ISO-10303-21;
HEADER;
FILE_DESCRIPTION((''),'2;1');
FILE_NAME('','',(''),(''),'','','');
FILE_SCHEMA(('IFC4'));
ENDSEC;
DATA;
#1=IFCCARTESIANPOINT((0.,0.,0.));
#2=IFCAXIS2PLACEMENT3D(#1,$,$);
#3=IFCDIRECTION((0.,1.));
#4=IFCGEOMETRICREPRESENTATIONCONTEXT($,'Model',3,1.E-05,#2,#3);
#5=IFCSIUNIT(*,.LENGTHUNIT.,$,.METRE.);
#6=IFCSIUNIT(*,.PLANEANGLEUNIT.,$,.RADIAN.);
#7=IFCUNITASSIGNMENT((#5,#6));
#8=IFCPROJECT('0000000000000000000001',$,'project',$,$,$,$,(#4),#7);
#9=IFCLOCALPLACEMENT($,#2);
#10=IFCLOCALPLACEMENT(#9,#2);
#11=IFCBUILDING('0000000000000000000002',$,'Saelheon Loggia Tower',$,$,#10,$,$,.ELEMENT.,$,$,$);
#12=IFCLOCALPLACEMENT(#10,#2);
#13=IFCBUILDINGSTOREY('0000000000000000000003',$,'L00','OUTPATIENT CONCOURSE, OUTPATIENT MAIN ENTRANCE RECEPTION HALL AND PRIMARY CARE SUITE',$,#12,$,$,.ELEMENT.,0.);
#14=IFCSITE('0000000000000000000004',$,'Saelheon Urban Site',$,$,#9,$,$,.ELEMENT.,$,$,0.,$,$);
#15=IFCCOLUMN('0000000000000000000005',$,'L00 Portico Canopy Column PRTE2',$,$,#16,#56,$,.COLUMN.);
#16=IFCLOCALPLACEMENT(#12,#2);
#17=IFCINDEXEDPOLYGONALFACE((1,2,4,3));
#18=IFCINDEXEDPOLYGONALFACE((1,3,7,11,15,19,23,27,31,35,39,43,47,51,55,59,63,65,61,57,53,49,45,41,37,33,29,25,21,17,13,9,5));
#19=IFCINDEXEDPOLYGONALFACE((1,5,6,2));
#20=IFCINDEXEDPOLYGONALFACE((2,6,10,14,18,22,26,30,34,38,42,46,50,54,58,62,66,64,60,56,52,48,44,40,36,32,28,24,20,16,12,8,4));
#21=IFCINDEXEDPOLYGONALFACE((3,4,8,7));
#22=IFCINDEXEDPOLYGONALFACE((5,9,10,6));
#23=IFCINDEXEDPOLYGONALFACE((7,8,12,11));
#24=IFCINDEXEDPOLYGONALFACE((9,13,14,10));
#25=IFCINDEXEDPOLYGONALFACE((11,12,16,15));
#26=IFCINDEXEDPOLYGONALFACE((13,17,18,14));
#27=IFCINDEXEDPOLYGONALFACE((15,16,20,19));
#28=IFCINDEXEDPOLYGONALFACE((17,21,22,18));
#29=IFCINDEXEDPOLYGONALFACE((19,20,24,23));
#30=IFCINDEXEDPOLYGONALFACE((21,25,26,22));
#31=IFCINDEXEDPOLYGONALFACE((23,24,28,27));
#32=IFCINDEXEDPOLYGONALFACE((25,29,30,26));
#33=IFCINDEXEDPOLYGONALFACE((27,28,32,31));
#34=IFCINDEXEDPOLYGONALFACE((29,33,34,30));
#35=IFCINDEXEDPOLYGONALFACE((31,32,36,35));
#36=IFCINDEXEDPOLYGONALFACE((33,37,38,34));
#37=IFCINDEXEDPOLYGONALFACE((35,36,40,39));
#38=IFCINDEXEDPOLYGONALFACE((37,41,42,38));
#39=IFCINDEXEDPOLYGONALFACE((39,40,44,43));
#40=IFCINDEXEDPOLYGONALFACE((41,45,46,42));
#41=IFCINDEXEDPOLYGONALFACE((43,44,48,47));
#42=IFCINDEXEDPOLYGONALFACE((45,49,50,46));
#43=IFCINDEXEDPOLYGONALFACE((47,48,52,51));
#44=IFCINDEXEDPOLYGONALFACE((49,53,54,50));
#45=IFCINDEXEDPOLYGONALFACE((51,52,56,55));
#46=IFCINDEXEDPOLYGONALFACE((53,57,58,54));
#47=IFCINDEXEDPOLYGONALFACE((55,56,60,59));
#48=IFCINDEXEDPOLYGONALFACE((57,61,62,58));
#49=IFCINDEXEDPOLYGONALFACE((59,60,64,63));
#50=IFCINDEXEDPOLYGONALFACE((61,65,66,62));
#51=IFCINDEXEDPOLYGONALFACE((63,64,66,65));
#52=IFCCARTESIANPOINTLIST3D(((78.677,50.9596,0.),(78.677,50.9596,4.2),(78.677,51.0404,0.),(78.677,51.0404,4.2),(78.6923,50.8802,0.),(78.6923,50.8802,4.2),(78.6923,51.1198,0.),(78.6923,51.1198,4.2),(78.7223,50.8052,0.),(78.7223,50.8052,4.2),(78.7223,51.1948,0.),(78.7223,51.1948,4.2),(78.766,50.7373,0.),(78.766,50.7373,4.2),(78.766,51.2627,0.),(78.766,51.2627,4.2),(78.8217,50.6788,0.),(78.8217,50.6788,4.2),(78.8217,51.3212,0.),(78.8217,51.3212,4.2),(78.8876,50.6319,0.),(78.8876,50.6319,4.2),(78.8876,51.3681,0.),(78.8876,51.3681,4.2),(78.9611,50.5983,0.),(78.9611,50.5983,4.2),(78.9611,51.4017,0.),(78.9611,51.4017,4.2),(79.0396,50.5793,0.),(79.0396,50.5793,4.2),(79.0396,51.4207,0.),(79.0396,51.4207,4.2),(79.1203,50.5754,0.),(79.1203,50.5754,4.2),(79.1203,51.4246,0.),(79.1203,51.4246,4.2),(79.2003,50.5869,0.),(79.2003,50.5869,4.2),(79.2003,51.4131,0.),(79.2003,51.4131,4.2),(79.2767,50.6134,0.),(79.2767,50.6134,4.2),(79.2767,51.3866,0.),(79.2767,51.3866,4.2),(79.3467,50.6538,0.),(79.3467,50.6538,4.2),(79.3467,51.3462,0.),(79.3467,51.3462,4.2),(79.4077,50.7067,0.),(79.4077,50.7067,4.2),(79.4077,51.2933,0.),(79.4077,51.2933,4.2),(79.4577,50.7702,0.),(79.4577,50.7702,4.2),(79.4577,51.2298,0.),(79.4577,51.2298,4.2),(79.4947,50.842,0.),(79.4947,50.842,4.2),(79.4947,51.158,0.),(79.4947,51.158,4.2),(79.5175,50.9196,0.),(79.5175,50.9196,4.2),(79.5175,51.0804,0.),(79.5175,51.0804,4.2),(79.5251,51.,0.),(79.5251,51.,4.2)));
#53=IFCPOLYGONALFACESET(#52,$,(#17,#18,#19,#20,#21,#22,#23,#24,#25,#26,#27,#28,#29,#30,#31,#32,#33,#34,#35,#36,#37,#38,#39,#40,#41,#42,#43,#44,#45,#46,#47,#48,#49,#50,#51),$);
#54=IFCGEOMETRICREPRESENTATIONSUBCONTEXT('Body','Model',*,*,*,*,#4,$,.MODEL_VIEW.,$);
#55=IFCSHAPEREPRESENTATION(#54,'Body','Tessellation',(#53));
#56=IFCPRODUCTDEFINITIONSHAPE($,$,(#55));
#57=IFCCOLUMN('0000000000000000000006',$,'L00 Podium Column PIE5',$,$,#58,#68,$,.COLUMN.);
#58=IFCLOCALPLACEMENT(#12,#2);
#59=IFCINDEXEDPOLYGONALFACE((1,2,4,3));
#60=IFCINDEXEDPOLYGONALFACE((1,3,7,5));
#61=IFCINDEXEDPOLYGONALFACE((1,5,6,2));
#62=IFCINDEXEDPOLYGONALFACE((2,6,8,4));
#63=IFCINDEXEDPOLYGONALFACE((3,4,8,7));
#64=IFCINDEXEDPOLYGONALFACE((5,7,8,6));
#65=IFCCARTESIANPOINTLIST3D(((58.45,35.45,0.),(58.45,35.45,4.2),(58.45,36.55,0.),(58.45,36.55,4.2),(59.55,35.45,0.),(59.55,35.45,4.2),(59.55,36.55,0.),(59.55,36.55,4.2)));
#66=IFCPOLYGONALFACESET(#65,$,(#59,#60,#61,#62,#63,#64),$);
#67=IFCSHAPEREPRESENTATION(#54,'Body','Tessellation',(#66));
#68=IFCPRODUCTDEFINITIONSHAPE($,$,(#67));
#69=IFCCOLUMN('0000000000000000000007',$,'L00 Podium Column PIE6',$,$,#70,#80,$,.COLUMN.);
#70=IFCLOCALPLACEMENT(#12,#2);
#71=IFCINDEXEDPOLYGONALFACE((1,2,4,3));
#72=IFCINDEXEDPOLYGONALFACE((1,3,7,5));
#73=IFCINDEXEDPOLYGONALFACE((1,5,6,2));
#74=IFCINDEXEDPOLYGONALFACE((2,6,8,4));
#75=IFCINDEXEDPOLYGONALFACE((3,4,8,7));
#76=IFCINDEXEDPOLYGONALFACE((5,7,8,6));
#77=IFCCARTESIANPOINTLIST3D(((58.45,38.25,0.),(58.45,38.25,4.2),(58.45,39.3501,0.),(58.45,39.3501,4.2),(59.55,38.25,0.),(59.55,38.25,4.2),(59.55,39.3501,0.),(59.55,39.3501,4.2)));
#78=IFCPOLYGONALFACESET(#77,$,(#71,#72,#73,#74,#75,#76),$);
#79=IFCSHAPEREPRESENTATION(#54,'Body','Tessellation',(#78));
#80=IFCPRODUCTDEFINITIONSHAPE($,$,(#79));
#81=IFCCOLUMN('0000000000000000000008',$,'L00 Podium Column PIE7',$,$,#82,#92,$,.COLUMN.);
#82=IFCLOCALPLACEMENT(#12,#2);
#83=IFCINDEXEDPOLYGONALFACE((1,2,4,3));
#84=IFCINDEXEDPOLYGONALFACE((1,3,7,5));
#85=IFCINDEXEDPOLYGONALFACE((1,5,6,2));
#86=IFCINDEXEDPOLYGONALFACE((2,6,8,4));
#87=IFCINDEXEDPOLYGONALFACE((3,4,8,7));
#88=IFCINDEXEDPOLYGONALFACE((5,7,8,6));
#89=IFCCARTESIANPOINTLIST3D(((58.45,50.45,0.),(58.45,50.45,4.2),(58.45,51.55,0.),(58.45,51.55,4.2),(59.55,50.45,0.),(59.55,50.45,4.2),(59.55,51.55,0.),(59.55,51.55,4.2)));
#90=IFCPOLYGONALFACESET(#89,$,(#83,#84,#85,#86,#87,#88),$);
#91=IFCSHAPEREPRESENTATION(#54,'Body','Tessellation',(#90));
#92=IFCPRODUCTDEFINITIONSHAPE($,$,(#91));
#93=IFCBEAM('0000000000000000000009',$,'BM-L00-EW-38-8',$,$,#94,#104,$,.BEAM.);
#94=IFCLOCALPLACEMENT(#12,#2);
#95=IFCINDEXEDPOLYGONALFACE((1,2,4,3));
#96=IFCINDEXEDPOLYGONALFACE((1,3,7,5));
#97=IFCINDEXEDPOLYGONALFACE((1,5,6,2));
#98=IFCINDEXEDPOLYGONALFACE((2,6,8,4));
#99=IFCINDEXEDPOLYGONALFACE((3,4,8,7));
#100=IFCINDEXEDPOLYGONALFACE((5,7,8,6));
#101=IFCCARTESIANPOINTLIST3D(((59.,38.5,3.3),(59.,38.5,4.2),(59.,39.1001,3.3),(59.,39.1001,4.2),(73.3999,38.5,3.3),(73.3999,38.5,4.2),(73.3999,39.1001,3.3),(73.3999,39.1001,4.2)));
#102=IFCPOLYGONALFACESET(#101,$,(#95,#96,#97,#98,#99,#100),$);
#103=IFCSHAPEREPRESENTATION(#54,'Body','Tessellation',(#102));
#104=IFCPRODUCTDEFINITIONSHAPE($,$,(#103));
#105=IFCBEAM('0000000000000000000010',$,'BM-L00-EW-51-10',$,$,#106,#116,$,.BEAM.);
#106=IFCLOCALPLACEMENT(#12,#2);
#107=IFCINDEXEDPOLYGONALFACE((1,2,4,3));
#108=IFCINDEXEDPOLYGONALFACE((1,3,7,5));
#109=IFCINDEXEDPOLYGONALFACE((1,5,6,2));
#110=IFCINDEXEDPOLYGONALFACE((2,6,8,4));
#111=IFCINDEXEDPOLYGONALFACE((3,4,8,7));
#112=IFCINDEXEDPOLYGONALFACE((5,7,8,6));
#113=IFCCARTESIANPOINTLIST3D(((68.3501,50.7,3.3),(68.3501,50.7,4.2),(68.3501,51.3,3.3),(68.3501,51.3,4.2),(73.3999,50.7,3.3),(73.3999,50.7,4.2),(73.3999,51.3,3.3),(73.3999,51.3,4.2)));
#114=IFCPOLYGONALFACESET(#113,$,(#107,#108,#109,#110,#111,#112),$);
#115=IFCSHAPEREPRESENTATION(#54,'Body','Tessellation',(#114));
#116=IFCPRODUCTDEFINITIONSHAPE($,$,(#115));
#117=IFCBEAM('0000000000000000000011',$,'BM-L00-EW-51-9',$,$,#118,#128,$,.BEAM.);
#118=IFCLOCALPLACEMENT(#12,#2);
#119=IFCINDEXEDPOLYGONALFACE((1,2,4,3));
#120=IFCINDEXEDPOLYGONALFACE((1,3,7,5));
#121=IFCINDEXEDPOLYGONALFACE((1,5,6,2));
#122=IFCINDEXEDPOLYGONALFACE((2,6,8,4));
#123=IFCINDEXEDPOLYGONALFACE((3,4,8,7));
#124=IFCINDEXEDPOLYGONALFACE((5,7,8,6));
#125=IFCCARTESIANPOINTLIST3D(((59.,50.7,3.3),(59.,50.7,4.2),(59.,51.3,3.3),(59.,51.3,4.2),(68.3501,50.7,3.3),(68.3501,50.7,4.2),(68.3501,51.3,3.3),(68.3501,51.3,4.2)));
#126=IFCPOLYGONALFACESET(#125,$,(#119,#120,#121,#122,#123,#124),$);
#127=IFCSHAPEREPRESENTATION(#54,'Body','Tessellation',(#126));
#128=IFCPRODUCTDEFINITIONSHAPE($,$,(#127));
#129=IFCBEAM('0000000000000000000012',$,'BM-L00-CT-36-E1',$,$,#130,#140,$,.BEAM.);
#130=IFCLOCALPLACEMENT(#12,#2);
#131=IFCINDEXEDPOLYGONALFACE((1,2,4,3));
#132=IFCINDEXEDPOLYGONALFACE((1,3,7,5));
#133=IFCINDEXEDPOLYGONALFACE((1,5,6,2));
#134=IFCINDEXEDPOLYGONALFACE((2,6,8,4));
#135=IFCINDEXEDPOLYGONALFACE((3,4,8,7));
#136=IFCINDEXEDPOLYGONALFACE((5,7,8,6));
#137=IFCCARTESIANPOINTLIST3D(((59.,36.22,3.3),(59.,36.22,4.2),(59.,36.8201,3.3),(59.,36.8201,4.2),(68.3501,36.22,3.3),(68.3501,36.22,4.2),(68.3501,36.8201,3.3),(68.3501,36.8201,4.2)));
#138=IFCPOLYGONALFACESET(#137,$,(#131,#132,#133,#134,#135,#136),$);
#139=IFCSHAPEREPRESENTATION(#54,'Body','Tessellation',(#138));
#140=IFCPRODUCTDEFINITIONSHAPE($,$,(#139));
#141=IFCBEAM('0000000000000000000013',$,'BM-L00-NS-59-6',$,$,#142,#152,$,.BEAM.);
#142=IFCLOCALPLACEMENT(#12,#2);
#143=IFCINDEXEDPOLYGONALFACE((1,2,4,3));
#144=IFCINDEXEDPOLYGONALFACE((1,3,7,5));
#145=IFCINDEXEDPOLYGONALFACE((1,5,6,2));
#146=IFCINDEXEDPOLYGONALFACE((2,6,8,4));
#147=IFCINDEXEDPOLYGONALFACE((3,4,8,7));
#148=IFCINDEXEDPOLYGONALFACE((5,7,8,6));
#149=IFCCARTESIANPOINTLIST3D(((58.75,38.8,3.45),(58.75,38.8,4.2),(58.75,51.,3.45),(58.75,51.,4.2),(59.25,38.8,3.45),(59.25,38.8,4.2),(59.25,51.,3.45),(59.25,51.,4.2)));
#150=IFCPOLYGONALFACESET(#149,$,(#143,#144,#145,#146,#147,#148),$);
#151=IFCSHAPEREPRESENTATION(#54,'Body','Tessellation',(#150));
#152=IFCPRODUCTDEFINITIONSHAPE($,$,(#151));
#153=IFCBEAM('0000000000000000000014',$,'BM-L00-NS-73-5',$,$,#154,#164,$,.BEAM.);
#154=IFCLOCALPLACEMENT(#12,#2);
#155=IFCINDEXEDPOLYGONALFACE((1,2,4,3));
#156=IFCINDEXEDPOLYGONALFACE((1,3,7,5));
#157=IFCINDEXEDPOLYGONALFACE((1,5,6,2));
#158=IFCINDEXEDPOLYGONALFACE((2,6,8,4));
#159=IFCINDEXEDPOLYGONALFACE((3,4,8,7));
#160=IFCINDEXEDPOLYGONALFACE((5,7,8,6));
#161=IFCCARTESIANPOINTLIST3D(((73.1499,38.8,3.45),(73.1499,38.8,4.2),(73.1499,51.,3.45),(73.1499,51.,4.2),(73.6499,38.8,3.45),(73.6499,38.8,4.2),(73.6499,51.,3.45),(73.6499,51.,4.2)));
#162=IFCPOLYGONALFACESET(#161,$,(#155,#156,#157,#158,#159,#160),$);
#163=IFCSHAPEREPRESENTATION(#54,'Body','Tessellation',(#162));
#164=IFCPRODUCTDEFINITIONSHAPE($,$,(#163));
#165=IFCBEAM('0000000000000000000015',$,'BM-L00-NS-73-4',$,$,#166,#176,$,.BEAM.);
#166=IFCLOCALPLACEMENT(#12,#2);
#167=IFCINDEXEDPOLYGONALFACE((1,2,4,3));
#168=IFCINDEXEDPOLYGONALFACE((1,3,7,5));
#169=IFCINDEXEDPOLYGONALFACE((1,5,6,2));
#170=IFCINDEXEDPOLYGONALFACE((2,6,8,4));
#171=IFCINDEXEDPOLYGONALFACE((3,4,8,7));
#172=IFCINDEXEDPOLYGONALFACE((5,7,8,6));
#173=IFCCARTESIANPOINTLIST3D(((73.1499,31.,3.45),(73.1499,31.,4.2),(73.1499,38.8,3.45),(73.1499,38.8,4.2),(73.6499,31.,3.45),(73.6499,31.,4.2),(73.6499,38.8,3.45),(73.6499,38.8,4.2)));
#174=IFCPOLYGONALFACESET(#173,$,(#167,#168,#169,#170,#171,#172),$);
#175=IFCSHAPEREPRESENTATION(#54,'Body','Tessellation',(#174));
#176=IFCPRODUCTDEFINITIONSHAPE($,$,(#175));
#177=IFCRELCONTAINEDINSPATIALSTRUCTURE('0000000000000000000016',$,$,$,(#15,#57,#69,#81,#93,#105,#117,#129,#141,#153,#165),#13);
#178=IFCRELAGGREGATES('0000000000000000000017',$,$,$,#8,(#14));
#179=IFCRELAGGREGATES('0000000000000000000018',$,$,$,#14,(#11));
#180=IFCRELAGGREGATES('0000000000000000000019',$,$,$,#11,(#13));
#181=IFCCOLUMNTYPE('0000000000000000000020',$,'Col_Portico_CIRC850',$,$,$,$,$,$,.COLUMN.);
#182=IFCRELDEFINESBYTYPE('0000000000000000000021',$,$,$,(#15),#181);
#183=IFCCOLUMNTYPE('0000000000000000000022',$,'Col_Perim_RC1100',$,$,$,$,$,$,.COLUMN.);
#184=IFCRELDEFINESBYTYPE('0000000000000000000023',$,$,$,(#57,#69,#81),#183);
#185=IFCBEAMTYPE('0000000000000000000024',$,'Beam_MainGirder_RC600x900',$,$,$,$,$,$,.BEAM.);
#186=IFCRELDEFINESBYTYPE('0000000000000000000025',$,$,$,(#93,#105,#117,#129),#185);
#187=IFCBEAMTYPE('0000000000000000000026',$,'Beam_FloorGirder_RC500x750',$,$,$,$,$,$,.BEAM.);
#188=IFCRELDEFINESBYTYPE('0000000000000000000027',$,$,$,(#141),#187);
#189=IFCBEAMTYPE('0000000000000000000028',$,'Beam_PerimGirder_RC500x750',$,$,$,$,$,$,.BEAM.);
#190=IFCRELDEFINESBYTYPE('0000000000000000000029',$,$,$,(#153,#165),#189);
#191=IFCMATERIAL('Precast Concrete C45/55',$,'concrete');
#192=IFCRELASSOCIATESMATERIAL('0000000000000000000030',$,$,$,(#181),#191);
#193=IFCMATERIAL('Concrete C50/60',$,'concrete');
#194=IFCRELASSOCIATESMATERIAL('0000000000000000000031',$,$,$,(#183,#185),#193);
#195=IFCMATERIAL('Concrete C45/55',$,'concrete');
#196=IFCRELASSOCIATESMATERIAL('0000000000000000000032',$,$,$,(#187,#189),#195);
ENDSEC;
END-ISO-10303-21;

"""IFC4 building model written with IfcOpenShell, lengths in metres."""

from ifc_helpers import new_model, si_unit, direction, frame, origin, origin_2d, place, context, subcontext, project, spatial, rectangle, circle, extrude, source, transform, mapped, material, material_profile, profile_set, type_object, element, save


model = new_model("IFC4")

# Units and contexts
model_context = context("Model", 3, precision=1e-05, world=origin(), true_north=direction((0.0, 1.0)))
body_context = subcontext(model_context, "Body", "Model", "MODEL_VIEW")
ifc_project = project(units=[si_unit("LENGTHUNIT", "METRE"), si_unit("PLANEANGLEUNIT", "RADIAN")], contexts=[model_context])

# Site, building, storey
site_placement = place(None, origin())
site = spatial("IfcSite", under=ifc_project, at=site_placement, Name="Saelheon Urban Site", CompositionType="ELEMENT", RefElevation=0.0)
building_placement = place(site_placement, origin())
building = spatial("IfcBuilding", under=site, at=building_placement, Name="Saelheon Loggia Tower", CompositionType="ELEMENT")
storey_placement = place(building_placement, origin())
storey = spatial("IfcBuildingStorey", under=building, at=storey_placement, Name="L00", Description="OUTPATIENT CONCOURSE, OUTPATIENT MAIN ENTRANCE RECEPTION HALL AND PRIMARY CARE SUITE", CompositionType="ELEMENT", Elevation=0.0)

# Columns
ifc_material_1 = material(Name="Concrete C50/60", Category="concrete")
ifc_material_2 = material(Name="Concrete C45/55", Category="concrete")
shared_shape_1 = source(origin(), body_context, "Body", "SweptSolid", [
    extrude(circle(Radius=0.425, at=origin_2d()), origin(), (0.0, 0.0, 1.0), 4.2),
])
ifc_material_3 = material(Name="Precast Concrete C45/55", Category="concrete")
ifc_material_profile_1 = material_profile(ifc_material_3, circle(Radius=0.425, at=origin_2d()), Name="CIRC-850")
ifc_profile_set_1 = profile_set([ifc_material_profile_1], Name="Precast Concrete C45/55")
column_type_1 = type_object("IfcColumnType", Name="Col_Portico_CIRC850", PredefinedType="COLUMN", material=ifc_profile_set_1)
for number, where, z_axis, x_axis, name in (
    (1, (79.1001, 51.0, 0.0), (0.0, 0.0, 1.0), (1.0, 0.0, 0.0), "L00 Portico Canopy Column PRTE2"),
):
    element("IfcColumn", number, at=place(storey_placement, frame(where, z_axis=z_axis, x_axis=x_axis)), inside=storey, type_object=column_type_1, Name=name, PredefinedType="COLUMN", context=body_context, shape_type="MappedRepresentation", body=[
        mapped(shared_shape_1, transform((0.0, 0.0, 0.0), scale=1.0)),
    ])
ifc_material_profile_2 = material_profile(ifc_material_1, rectangle(XDim=1.1001, YDim=1.1001, at=origin_2d()), Name="RC-1100x1100")
ifc_profile_set_2 = profile_set([ifc_material_profile_2], Name="Concrete C50/60")
column_type_2 = type_object("IfcColumnType", Name="Col_Perim_RC1100", PredefinedType="COLUMN", material=ifc_profile_set_2)
shared_shape_2 = source(origin(), body_context, "Body", "SweptSolid", [
    extrude(rectangle(XDim=1.1001, YDim=1.1001, at=origin_2d()), origin(), (0.0, 0.0, 1.0), 4.2),
])
for number, where, z_axis, x_axis, name in (
    (2, (59.0, 36.0, 0.0), (0.0, 0.0, 1.0), (1.0, 0.0, 0.0), "L00 Podium Column PIE5"),
    (3, (59.0, 38.8, 0.0), (0.0, 0.0, 1.0), (1.0, 0.0, 0.0), "L00 Podium Column PIE6"),
    (4, (59.0, 51.0, 0.0), (0.0, 0.0, 1.0), (1.0, 0.0, 0.0), "L00 Podium Column PIE7"),
):
    element("IfcColumn", number, at=place(storey_placement, frame(where, z_axis=z_axis, x_axis=x_axis)), inside=storey, type_object=column_type_2, Name=name, PredefinedType="COLUMN", context=body_context, shape_type="MappedRepresentation", body=[
        mapped(shared_shape_2, transform((0.0, 0.0, 0.0), scale=1.0)),
    ])

# Beams
ifc_material_profile_3 = material_profile(ifc_material_1, rectangle(XDim=0.6001, YDim=0.8999, at=origin_2d()), Name="RC-600x900")
ifc_profile_set_3 = profile_set([ifc_material_profile_3], Name="Concrete C50/60")
beam_type_1 = type_object("IfcBeamType", Name="Beam_MainGirder_RC600x900", PredefinedType="BEAM", material=ifc_profile_set_3)
shared_shape_3 = source(origin(), body_context, "Body", "SweptSolid", [
    extrude(rectangle(XDim=0.6001, YDim=0.8999, at=origin_2d()), origin(), (0.0, 0.0, 1.0), 14.3999),
])
beam_1_placement = place(storey_placement, frame((59.0, 38.8, 3.75), z_axis=(1.0, 0.0, 0.0), x_axis=(0.0, 1.0, 0.0)))
element("IfcBeam", 5, at=beam_1_placement, inside=storey, type_object=beam_type_1, Name="BM-L00-EW-38-8", PredefinedType="BEAM", context=body_context, shape_type="MappedRepresentation", body=[
    mapped(shared_shape_3, transform((0.0, 0.0, 0.0), scale=1.0)),
])
shared_shape_4 = source(origin(), body_context, "Body", "SweptSolid", [
    extrude(rectangle(XDim=0.6001, YDim=0.8999, at=origin_2d()), origin(), (0.0, 0.0, 1.0), 5.0498),
])
beam_2_placement = place(storey_placement, frame((68.3501, 51.0, 3.75), z_axis=(1.0, 0.0, 0.0), x_axis=(0.0, 1.0, 0.0)))
element("IfcBeam", 6, at=beam_2_placement, inside=storey, type_object=beam_type_1, Name="BM-L00-EW-51-10", PredefinedType="BEAM", context=body_context, shape_type="MappedRepresentation", body=[
    mapped(shared_shape_4, transform((0.0, 0.0, 0.0), scale=1.0)),
])
shared_shape_5 = source(origin(), body_context, "Body", "SweptSolid", [
    extrude(rectangle(XDim=0.6001, YDim=0.8999, at=origin_2d()), origin(), (0.0, 0.0, 1.0), 9.3501),
])
for number, where, z_axis, x_axis, name in (
    (7, (59.0, 51.0, 3.75), (1.0, 0.0, 0.0), (0.0, 1.0, 0.0), "BM-L00-EW-51-9"),
    (8, (59.0, 36.52, 3.75), (1.0, 0.0, 0.0), (0.0, 1.0, 0.0), "BM-L00-CT-36-E1"),
):
    element("IfcBeam", number, at=place(storey_placement, frame(where, z_axis=z_axis, x_axis=x_axis)), inside=storey, type_object=beam_type_1, Name=name, PredefinedType="BEAM", context=body_context, shape_type="MappedRepresentation", body=[
        mapped(shared_shape_5, transform((0.0, 0.0, 0.0), scale=1.0)),
    ])
ifc_material_profile_4 = material_profile(ifc_material_2, rectangle(XDim=0.5, YDim=0.75, at=origin_2d()), Name="RC-500x750")
ifc_profile_set_4 = profile_set([ifc_material_profile_4], Name="Concrete C45/55")
beam_type_2 = type_object("IfcBeamType", Name="Beam_FloorGirder_RC500x750", PredefinedType="BEAM", material=ifc_profile_set_4)
shared_shape_6 = source(origin(), body_context, "Body", "SweptSolid", [
    extrude(rectangle(XDim=0.5, YDim=0.75, at=origin_2d()), origin(), (0.0, 0.0, 1.0), 12.2),
])
beam_3_placement = place(storey_placement, frame((59.0, 38.8, 3.825), z_axis=(0.0, 1.0, 0.0), x_axis=(-1.0, 0.0, 0.0)))
element("IfcBeam", 9, at=beam_3_placement, inside=storey, type_object=beam_type_2, Name="BM-L00-NS-59-6", PredefinedType="BEAM", context=body_context, shape_type="MappedRepresentation", body=[
    mapped(shared_shape_6, transform((0.0, 0.0, 0.0), scale=1.0)),
])
ifc_material_profile_5 = material_profile(ifc_material_2, rectangle(XDim=0.5, YDim=0.75, at=origin_2d()), Name="RC-500x750")
ifc_profile_set_5 = profile_set([ifc_material_profile_5], Name="Concrete C45/55")
beam_type_3 = type_object("IfcBeamType", Name="Beam_PerimGirder_RC500x750", PredefinedType="BEAM", material=ifc_profile_set_5)
beam_4_placement = place(storey_placement, frame((73.3999, 38.8, 3.825), z_axis=(0.0, 1.0, 0.0), x_axis=(-1.0, 0.0, 0.0)))
element("IfcBeam", 10, at=beam_4_placement, inside=storey, type_object=beam_type_3, Name="BM-L00-NS-73-5", PredefinedType="BEAM", context=body_context, shape_type="MappedRepresentation", body=[
    mapped(shared_shape_6, transform((0.0, 0.0, 0.0), scale=1.0)),
])
shared_shape_7 = source(origin(), body_context, "Body", "SweptSolid", [
    extrude(rectangle(XDim=0.5, YDim=0.75, at=origin_2d()), origin(), (0.0, 0.0, 1.0), 7.8),
])
beam_5_placement = place(storey_placement, frame((73.3999, 31.0, 3.825), z_axis=(0.0, 1.0, 0.0), x_axis=(-1.0, 0.0, 0.0)))
element("IfcBeam", 11, at=beam_5_placement, inside=storey, type_object=beam_type_3, Name="BM-L00-NS-73-4", PredefinedType="BEAM", context=body_context, shape_type="MappedRepresentation", body=[
    mapped(shared_shape_7, transform((0.0, 0.0, 0.0), scale=1.0)),
])

save(model, "model.ifc")
